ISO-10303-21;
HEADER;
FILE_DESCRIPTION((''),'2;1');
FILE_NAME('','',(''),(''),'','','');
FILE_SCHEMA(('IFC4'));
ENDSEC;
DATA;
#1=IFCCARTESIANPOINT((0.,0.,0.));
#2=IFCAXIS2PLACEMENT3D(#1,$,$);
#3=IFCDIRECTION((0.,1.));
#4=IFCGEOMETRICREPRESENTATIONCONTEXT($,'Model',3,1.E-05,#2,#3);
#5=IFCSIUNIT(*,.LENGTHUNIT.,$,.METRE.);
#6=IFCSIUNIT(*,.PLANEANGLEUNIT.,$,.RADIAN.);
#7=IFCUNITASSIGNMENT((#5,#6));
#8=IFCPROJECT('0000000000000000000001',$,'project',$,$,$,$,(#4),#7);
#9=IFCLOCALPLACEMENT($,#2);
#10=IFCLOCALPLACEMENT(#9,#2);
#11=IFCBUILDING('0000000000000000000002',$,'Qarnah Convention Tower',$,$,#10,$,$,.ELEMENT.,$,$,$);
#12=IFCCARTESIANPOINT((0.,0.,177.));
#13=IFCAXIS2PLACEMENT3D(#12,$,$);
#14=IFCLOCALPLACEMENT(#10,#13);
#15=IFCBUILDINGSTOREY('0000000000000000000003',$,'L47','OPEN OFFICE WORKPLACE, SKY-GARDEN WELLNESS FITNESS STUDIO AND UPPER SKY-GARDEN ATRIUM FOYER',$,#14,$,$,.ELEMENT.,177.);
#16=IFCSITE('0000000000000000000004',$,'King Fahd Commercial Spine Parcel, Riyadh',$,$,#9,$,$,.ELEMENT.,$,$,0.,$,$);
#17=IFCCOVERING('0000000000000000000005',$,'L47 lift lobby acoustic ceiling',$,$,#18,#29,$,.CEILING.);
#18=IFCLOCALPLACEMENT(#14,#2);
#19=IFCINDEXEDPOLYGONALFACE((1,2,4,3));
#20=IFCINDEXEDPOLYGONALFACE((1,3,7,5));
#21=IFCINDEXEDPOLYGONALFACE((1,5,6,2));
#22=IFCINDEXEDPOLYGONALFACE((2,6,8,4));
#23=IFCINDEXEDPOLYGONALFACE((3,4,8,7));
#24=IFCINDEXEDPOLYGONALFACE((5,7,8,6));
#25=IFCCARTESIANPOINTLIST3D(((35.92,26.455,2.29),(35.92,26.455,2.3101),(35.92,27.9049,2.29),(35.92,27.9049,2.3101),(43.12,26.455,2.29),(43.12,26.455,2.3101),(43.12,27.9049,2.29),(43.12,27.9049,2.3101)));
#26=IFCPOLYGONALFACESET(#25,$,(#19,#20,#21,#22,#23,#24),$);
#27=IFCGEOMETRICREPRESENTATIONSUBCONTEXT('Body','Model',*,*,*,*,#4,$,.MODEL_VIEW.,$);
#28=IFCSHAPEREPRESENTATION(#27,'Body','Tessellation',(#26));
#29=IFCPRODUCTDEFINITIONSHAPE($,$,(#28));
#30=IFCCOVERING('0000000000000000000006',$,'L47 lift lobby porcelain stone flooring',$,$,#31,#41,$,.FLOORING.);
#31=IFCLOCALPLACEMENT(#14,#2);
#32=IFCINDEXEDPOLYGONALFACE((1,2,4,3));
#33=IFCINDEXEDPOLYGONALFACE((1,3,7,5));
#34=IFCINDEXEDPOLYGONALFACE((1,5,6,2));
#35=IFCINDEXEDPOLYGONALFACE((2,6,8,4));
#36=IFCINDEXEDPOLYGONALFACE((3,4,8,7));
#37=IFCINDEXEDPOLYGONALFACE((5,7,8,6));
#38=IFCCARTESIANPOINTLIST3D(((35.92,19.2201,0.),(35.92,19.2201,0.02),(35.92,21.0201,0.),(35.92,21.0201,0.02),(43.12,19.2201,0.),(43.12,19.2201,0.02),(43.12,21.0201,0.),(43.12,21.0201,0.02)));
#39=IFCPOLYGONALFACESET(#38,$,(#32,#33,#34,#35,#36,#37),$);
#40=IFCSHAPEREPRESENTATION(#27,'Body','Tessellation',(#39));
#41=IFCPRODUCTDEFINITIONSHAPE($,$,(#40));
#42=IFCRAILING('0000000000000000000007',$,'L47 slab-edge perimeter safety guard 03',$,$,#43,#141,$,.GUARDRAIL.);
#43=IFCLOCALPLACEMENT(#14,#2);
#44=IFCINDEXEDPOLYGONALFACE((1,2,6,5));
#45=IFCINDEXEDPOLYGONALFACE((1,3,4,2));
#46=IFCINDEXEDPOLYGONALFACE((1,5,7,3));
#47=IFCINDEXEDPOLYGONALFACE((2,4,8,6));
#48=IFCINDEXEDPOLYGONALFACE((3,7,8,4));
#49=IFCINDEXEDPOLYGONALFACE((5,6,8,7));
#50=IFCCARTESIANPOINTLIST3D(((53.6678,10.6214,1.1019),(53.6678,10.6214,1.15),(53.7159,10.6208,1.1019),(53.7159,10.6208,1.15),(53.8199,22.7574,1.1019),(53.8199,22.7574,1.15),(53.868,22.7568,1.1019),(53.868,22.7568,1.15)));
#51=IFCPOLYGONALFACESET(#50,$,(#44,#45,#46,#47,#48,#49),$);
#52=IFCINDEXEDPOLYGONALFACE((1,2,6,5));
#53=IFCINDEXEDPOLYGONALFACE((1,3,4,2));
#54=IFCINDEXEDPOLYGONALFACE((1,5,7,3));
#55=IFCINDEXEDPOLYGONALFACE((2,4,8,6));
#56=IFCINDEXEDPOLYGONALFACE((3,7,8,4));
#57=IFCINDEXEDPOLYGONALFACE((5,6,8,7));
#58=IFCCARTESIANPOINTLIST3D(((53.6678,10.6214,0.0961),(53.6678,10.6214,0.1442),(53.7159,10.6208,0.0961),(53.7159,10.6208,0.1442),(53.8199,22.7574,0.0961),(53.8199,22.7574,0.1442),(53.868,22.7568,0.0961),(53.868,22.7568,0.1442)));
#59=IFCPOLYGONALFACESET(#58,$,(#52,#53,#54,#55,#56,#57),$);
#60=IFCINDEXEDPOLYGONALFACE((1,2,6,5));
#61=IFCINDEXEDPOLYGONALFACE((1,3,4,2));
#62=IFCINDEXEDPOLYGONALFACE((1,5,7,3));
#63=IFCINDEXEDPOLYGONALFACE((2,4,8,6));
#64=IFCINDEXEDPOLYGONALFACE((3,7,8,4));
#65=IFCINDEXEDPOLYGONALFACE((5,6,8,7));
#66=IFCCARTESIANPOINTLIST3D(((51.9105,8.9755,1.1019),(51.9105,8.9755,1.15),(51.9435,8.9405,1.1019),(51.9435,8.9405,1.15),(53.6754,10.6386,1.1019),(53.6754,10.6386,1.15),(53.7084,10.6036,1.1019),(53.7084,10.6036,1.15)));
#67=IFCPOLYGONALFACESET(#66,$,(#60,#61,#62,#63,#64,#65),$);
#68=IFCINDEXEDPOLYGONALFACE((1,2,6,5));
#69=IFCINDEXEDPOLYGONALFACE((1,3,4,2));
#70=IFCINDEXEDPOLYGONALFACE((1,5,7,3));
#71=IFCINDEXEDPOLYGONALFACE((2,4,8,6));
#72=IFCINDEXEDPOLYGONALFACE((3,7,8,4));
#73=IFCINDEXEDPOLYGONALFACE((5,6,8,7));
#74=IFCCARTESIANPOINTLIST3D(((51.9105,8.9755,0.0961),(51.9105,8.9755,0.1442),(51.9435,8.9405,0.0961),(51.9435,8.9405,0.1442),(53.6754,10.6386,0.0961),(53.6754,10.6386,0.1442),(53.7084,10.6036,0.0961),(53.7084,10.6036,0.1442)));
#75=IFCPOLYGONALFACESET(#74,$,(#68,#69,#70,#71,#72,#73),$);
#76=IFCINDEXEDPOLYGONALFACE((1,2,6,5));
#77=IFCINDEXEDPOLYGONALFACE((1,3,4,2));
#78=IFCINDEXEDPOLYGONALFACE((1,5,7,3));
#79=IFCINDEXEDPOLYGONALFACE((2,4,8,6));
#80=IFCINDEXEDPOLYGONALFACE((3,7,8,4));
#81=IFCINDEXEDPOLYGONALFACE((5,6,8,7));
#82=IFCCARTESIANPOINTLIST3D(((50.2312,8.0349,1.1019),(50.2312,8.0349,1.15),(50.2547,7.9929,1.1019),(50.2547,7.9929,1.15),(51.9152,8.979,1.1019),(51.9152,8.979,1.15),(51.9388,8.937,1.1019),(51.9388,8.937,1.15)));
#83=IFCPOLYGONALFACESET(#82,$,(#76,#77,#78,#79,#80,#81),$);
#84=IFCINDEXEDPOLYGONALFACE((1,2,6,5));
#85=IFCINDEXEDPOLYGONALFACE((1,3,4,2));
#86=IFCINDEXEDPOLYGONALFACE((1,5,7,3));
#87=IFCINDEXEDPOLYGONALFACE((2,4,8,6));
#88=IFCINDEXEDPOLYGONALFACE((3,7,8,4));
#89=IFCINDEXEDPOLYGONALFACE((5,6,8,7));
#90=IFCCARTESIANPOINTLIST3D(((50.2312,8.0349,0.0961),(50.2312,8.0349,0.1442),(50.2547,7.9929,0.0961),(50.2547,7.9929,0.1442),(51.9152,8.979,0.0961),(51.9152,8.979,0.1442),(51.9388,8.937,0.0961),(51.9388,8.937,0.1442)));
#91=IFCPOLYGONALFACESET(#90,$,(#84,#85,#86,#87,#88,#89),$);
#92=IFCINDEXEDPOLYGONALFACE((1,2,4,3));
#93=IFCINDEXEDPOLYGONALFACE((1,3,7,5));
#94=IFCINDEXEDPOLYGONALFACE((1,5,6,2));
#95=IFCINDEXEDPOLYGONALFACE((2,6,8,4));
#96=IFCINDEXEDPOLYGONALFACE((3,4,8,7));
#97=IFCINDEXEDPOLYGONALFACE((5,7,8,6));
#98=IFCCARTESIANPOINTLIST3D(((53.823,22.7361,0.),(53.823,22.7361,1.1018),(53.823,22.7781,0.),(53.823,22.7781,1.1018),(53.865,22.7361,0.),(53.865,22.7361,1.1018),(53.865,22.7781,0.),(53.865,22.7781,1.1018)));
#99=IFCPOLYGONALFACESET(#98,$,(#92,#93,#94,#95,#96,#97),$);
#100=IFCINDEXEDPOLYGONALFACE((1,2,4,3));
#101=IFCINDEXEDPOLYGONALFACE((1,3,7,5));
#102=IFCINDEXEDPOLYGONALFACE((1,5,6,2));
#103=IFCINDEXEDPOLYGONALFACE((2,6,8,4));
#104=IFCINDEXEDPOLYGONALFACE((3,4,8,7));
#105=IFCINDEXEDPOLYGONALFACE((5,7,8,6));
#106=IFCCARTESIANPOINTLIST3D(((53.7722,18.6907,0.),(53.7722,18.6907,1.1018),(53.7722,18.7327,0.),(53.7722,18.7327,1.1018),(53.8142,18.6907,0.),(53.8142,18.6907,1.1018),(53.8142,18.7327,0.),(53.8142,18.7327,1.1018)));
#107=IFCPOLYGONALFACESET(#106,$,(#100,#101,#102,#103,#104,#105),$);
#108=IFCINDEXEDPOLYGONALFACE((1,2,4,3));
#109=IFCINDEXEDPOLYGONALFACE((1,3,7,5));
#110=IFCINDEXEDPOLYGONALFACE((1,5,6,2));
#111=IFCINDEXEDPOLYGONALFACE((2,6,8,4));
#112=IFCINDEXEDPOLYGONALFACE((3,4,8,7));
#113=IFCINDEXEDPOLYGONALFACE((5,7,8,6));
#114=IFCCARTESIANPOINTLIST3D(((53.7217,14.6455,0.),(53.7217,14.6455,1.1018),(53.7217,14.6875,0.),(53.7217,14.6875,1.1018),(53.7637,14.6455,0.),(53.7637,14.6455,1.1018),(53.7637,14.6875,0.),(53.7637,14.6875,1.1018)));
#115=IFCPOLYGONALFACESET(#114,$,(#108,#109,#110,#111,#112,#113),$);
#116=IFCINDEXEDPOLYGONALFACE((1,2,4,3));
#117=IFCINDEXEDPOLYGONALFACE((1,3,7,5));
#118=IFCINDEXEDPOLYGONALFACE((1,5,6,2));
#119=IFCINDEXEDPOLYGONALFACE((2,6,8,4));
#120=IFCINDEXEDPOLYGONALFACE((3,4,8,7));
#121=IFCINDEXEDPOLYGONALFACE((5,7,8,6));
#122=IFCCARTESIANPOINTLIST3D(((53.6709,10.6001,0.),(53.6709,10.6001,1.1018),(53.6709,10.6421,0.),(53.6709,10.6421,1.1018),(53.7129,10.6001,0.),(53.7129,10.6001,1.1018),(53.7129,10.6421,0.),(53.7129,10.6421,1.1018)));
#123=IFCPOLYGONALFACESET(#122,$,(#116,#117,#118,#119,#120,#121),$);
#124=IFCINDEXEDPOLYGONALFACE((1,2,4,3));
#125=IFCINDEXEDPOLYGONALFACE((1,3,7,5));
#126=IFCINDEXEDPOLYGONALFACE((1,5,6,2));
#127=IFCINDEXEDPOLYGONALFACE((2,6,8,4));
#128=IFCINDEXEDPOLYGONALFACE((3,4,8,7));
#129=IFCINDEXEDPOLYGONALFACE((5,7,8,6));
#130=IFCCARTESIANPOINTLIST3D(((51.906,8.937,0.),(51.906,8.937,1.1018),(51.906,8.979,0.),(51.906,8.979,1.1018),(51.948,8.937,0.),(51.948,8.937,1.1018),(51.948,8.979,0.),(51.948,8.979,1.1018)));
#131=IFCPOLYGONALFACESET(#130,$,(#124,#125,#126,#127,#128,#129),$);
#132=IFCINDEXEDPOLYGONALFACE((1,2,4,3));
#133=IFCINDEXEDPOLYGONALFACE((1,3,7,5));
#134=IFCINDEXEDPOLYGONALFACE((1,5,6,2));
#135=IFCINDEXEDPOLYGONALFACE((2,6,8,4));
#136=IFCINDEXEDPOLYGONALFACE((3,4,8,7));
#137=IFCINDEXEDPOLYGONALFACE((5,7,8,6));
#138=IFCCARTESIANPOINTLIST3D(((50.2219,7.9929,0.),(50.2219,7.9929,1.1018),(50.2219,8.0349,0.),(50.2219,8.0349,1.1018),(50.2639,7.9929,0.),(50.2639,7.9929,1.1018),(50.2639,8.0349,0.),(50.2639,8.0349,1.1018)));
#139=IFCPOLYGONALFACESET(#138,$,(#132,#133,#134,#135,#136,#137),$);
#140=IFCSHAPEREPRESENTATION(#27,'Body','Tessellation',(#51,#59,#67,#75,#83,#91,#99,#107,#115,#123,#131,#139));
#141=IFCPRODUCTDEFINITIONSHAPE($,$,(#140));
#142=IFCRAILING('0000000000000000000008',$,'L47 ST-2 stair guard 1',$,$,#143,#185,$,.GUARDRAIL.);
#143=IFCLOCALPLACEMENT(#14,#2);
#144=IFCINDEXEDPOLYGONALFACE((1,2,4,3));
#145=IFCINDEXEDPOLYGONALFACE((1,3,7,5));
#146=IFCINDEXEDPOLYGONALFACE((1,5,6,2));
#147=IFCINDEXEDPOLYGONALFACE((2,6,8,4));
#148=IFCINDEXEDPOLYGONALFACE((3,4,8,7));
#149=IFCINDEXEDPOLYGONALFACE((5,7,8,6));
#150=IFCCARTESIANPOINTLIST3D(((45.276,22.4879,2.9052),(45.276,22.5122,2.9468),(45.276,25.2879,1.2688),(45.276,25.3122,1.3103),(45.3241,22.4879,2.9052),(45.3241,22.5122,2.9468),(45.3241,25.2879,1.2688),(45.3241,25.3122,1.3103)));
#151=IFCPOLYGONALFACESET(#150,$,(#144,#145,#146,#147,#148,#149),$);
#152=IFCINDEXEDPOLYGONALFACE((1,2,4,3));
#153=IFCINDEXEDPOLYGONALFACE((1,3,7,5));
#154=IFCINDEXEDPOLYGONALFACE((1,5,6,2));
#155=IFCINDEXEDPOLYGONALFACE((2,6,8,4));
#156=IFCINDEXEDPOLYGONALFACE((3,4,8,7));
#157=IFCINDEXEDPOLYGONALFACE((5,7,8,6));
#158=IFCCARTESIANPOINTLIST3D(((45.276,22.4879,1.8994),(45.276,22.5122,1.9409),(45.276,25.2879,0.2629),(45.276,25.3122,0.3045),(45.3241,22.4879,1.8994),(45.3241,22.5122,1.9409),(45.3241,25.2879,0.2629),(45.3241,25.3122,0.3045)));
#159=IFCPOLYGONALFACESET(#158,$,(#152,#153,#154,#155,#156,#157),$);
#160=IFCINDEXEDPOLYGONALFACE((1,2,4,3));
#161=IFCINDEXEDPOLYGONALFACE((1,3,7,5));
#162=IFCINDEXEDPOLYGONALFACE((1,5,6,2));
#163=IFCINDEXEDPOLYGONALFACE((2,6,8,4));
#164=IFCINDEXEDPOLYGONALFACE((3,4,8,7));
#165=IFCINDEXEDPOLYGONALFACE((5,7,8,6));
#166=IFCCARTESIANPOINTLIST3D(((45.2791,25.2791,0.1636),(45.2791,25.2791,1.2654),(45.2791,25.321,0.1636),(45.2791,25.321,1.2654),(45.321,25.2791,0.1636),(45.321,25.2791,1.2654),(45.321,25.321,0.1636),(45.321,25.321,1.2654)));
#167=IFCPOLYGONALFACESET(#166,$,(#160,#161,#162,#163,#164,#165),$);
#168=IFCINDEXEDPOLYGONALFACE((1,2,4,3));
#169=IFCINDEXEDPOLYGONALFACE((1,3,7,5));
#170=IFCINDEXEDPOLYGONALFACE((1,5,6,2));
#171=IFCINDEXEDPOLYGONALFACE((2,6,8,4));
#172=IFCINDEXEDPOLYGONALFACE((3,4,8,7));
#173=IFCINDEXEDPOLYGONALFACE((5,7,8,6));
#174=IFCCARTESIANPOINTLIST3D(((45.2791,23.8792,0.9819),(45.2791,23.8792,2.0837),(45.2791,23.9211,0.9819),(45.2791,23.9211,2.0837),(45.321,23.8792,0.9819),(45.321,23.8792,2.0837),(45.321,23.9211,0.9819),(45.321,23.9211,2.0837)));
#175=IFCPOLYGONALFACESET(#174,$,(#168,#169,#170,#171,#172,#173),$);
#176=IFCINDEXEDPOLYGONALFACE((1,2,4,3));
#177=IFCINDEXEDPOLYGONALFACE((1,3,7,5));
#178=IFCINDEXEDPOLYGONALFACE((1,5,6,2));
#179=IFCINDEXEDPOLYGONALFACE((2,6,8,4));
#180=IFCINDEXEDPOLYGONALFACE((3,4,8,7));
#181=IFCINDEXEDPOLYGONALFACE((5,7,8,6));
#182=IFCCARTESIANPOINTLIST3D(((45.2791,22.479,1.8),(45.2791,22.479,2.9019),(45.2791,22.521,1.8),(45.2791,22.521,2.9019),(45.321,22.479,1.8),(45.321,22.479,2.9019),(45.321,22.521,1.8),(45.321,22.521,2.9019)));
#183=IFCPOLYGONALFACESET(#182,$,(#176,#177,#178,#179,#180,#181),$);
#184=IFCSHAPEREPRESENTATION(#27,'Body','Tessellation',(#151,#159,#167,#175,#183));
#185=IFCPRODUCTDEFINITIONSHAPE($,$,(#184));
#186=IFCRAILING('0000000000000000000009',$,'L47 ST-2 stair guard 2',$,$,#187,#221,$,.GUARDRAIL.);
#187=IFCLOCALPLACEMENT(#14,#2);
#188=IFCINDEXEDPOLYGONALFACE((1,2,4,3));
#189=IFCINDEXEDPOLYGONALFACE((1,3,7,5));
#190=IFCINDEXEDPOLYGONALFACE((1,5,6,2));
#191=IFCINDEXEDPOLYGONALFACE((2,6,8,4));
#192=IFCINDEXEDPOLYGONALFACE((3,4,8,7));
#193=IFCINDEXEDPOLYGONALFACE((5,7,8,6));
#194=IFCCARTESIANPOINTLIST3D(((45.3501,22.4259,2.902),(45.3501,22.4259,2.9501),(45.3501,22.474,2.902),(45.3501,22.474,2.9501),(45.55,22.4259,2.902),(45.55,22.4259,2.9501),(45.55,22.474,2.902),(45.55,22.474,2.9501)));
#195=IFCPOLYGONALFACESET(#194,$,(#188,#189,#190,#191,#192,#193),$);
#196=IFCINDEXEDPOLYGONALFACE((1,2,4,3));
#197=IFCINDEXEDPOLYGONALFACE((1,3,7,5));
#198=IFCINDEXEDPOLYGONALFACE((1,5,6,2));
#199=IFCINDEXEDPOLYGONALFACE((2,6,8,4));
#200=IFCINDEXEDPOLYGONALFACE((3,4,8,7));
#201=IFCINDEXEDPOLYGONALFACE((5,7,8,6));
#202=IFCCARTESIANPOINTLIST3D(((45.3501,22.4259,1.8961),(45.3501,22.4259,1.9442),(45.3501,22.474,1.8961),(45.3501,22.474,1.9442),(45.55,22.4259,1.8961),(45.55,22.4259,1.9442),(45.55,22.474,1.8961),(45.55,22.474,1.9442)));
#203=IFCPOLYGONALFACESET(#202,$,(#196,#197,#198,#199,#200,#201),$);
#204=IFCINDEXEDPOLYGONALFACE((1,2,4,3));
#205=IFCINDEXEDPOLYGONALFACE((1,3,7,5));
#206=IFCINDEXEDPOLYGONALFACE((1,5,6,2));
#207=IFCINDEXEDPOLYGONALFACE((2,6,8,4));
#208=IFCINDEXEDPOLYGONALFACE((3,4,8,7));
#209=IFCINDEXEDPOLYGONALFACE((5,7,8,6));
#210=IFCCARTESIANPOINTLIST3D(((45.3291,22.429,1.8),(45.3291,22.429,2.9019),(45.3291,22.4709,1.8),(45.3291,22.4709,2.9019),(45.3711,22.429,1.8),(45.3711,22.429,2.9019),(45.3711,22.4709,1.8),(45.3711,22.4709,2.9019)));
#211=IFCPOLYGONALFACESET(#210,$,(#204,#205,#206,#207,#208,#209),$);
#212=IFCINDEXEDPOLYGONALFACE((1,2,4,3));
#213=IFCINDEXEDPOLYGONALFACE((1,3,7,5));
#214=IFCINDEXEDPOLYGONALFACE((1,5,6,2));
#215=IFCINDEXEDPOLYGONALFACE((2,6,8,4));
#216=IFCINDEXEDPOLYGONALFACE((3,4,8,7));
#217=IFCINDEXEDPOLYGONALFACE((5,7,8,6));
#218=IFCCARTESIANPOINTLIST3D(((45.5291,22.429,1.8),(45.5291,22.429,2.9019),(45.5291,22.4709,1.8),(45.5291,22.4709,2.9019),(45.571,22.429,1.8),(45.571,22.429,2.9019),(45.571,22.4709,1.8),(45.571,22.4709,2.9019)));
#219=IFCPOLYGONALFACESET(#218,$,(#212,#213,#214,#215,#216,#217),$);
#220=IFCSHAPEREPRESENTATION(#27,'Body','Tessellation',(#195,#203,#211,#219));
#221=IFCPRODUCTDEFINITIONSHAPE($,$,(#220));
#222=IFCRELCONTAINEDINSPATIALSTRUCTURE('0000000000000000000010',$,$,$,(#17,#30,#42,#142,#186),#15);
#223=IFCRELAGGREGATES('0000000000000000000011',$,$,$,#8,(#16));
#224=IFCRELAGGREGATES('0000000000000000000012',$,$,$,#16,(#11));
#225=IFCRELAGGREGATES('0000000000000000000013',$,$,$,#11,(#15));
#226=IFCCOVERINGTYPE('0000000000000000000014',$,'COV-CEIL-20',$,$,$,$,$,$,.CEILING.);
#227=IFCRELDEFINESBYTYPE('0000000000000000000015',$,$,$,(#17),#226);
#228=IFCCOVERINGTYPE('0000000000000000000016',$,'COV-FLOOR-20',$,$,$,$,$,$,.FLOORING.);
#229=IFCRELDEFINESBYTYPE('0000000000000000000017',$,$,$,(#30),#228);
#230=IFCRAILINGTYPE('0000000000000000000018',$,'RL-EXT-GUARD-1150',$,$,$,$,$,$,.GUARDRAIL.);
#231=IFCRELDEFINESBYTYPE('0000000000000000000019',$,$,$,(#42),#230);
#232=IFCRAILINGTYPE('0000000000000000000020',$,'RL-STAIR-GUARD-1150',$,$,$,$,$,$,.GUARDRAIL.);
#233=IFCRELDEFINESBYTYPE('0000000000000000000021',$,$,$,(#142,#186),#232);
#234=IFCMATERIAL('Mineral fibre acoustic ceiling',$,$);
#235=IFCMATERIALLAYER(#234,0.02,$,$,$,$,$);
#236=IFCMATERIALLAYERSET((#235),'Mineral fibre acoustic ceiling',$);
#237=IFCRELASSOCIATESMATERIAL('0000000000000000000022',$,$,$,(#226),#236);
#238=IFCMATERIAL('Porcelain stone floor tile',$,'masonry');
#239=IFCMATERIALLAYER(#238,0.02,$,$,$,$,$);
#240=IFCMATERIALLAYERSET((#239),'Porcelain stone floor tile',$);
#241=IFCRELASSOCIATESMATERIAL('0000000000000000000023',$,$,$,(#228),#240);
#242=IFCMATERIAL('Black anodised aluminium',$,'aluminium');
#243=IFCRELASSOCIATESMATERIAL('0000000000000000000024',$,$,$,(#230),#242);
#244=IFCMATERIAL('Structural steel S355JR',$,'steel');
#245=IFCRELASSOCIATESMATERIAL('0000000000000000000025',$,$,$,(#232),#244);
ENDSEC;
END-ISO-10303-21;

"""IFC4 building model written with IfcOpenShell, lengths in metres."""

from ifc_helpers import new_model, si_unit, direction, frame, origin, origin_2d, place, context, subcontext, project, spatial, rectangle, extrude, material, layer, layer_set, type_object, element, save


model = new_model("IFC4")

# Units and contexts
model_context = context("Model", 3, precision=1e-05, world=origin(), true_north=direction((0.0, 1.0)))
body_context = subcontext(model_context, "Body", "Model", "MODEL_VIEW")
ifc_project = project(units=[si_unit("LENGTHUNIT", "METRE"), si_unit("PLANEANGLEUNIT", "RADIAN")], contexts=[model_context])

# Site, building, storey
site_placement = place(None, origin())
site = spatial("IfcSite", under=ifc_project, at=site_placement, Name="King Fahd Commercial Spine Parcel, Riyadh", CompositionType="ELEMENT", RefElevation=0.0)
building_placement = place(site_placement, origin())
building = spatial("IfcBuilding", under=site, at=building_placement, Name="Qarnah Convention Tower", CompositionType="ELEMENT")
storey_placement = place(building_placement, frame((0.0, 0.0, 177.0)))
storey = spatial("IfcBuildingStorey", under=building, at=storey_placement, Name="L47", Description="OPEN OFFICE WORKPLACE, SKY-GARDEN WELLNESS FITNESS STUDIO AND UPPER SKY-GARDEN ATRIUM FOYER", CompositionType="ELEMENT", Elevation=177.0)

# Shared definitions
ifc_material_1 = material(Name="Structural steel S355JR", Category="steel")

# Shared definitions
ifc_material_2 = material(Name="Black anodised aluminium", Category="aluminium")

# Coverings
ifc_material_3 = material(Name="Mineral fibre acoustic ceiling")
ifc_layer_1 = layer(ifc_material_3, 0.02)
ifc_layer_set_1 = layer_set([ifc_layer_1], Name="Mineral fibre acoustic ceiling")
covering_type_1 = type_object("IfcCoveringType", Name="COV-CEIL-20", PredefinedType="CEILING", material=ifc_layer_set_1)
covering_1_placement = place(storey_placement, frame((39.52, 27.1799, 2.29), z_axis=(0.0, 0.0, 1.0), x_axis=(1.0, 0.0, 0.0)))
element("IfcCovering", 1, at=covering_1_placement, inside=storey, type_object=covering_type_1, Name="L47 lift lobby acoustic ceiling", PredefinedType="CEILING", context=body_context, shape_type="SweptSolid", body=[
    extrude(rectangle(XDim=7.2, YDim=1.45, at=origin_2d()), origin(), (0.0, 0.0, 1.0), 0.02),
])
ifc_material_4 = material(Name="Porcelain stone floor tile", Category="masonry")
ifc_layer_2 = layer(ifc_material_4, 0.02)
ifc_layer_set_2 = layer_set([ifc_layer_2], Name="Porcelain stone floor tile")
covering_type_2 = type_object("IfcCoveringType", Name="COV-FLOOR-20", PredefinedType="FLOORING", material=ifc_layer_set_2)
covering_2_placement = place(storey_placement, frame((39.52, 20.1201, 0.0), z_axis=(0.0, 0.0, 1.0), x_axis=(1.0, 0.0, 0.0)))
element("IfcCovering", 2, at=covering_2_placement, inside=storey, type_object=covering_type_2, Name="L47 lift lobby porcelain stone flooring", PredefinedType="FLOORING", context=body_context, shape_type="SweptSolid", body=[
    extrude(rectangle(XDim=7.2, YDim=1.8, at=origin_2d()), origin(), (0.0, 0.0, 1.0), 0.02),
])

# Railings
railing_type_1 = type_object("IfcRailingType", Name="RL-EXT-GUARD-1150", PredefinedType="GUARDRAIL", material=ifc_material_2)
railing_1_placement = place(storey_placement, frame((53.844, 22.7571, 0.0)))
element("IfcRailing", 3, at=railing_1_placement, inside=storey, type_object=railing_type_1, Name="L47 slab-edge perimeter safety guard 03", PredefinedType="GUARDRAIL", context=body_context, shape_type="SweptSolid", body=[
    extrude(rectangle(XDim=0.0481, YDim=0.0481, at=origin_2d()), frame((0.0, 0.0, 1.126), z_axis=(-0.012532, -0.999921, 0.0), x_axis=(0.999921, -0.012532, 0.0)), (0.0, 0.0, 1.0), 12.137),
    extrude(rectangle(XDim=0.0481, YDim=0.0481, at=origin_2d()), frame((0.0, 0.0, 0.1201), z_axis=(-0.012532, -0.999921, 0.0), x_axis=(0.999921, -0.012532, 0.0)), (0.0, 0.0, 1.0), 12.137),
    extrude(rectangle(XDim=0.0481, YDim=0.0481, at=origin_2d()), frame((-0.1521, -12.136, 1.126), z_axis=(-0.727786, -0.685804, 0.0), x_axis=(0.685804, -0.727786, 0.0)), (0.0, 0.0, 1.0), 2.425),
    extrude(rectangle(XDim=0.0481, YDim=0.0481, at=origin_2d()), frame((-0.1521, -12.136, 0.1201), z_axis=(-0.727786, -0.685804, 0.0), x_axis=(0.685804, -0.727786, 0.0)), (0.0, 0.0, 1.0), 2.425),
    extrude(rectangle(XDim=0.0481, YDim=0.0481, at=origin_2d()), frame((-1.917, -13.7991, 1.126), z_axis=(-0.872284, -0.489, 0.0), x_axis=(0.489, -0.872284, 0.0)), (0.0, 0.0, 1.0), 1.9307),
    extrude(rectangle(XDim=0.0481, YDim=0.0481, at=origin_2d()), frame((-1.917, -13.7991, 0.1201), z_axis=(-0.872284, -0.489, 0.0), x_axis=(0.489, -0.872284, 0.0)), (0.0, 0.0, 1.0), 1.9307),
    extrude(rectangle(XDim=0.042, YDim=0.042, at=origin_2d()), origin(), (0.0, 0.0, 1.0), 1.1018),
    extrude(rectangle(XDim=0.042, YDim=0.042, at=origin_2d()), frame((-0.0508, -4.0454, 0.0)), (0.0, 0.0, 1.0), 1.1018),
    extrude(rectangle(XDim=0.042, YDim=0.042, at=origin_2d()), frame((-0.1013, -8.0906, 0.0)), (0.0, 0.0, 1.0), 1.1018),
    extrude(rectangle(XDim=0.042, YDim=0.042, at=origin_2d()), frame((-0.1521, -12.136, 0.0)), (0.0, 0.0, 1.0), 1.1018),
    extrude(rectangle(XDim=0.042, YDim=0.042, at=origin_2d()), frame((-1.917, -13.7991, 0.0)), (0.0, 0.0, 1.0), 1.1018),
    extrude(rectangle(XDim=0.042, YDim=0.042, at=origin_2d()), frame((-3.6011, -14.7432, 0.0)), (0.0, 0.0, 1.0), 1.1018),
])
railing_type_2 = type_object("IfcRailingType", Name="RL-STAIR-GUARD-1150", PredefinedType="GUARDRAIL", material=ifc_material_1)
railing_2_placement = place(storey_placement, frame((45.3, 25.3, 0.1636)))
element("IfcRailing", 4, at=railing_2_placement, inside=storey, type_object=railing_type_2, Name="L47 ST-2 stair guard 1", PredefinedType="GUARDRAIL", context=body_context, shape_type="SweptSolid", body=[
    extrude(rectangle(XDim=0.0481, YDim=0.0481, at=origin_2d()), frame((0.0, 0.0, 1.126), z_axis=(0.0, -0.863361, 0.504587), x_axis=(1.0, 0.0, 0.0)), (0.0, 0.0, 1.0), 3.2432),
    extrude(rectangle(XDim=0.0481, YDim=0.0481, at=origin_2d()), frame((0.0, 0.0, 0.1201), z_axis=(0.0, -0.863361, 0.504587), x_axis=(1.0, 0.0, 0.0)), (0.0, 0.0, 1.0), 3.2432),
    extrude(rectangle(XDim=0.042, YDim=0.042, at=origin_2d()), origin(), (0.0, 0.0, 1.0), 1.1018),
    extrude(rectangle(XDim=0.042, YDim=0.042, at=origin_2d()), frame((0.0, -1.3999, 0.8184)), (0.0, 0.0, 1.0), 1.1018),
    extrude(rectangle(XDim=0.042, YDim=0.042, at=origin_2d()), frame((0.0, -2.8, 1.6365)), (0.0, 0.0, 1.0), 1.1018),
])
railing_3_placement = place(storey_placement, frame((45.3501, 22.45, 1.8)))
element("IfcRailing", 5, at=railing_3_placement, inside=storey, type_object=railing_type_2, Name="L47 ST-2 stair guard 2", PredefinedType="GUARDRAIL", context=body_context, shape_type="SweptSolid", body=[
    extrude(rectangle(XDim=0.0481, YDim=0.0481, at=origin_2d()), frame((0.0, 0.0, 1.126), z_axis=(1.0, 0.0, 0.0), x_axis=(0.0, 1.0, 0.0)), (0.0, 0.0, 1.0), 0.2),
    extrude(rectangle(XDim=0.0481, YDim=0.0481, at=origin_2d()), frame((0.0, 0.0, 0.1201), z_axis=(1.0, 0.0, 0.0), x_axis=(0.0, 1.0, 0.0)), (0.0, 0.0, 1.0), 0.2),
    extrude(rectangle(XDim=0.042, YDim=0.042, at=origin_2d()), origin(), (0.0, 0.0, 1.0), 1.1018),
    extrude(rectangle(XDim=0.042, YDim=0.042, at=origin_2d()), frame((0.2, 0.0, 0.0)), (0.0, 0.0, 1.0), 1.1018),
])

save(model, "model.ifc")
